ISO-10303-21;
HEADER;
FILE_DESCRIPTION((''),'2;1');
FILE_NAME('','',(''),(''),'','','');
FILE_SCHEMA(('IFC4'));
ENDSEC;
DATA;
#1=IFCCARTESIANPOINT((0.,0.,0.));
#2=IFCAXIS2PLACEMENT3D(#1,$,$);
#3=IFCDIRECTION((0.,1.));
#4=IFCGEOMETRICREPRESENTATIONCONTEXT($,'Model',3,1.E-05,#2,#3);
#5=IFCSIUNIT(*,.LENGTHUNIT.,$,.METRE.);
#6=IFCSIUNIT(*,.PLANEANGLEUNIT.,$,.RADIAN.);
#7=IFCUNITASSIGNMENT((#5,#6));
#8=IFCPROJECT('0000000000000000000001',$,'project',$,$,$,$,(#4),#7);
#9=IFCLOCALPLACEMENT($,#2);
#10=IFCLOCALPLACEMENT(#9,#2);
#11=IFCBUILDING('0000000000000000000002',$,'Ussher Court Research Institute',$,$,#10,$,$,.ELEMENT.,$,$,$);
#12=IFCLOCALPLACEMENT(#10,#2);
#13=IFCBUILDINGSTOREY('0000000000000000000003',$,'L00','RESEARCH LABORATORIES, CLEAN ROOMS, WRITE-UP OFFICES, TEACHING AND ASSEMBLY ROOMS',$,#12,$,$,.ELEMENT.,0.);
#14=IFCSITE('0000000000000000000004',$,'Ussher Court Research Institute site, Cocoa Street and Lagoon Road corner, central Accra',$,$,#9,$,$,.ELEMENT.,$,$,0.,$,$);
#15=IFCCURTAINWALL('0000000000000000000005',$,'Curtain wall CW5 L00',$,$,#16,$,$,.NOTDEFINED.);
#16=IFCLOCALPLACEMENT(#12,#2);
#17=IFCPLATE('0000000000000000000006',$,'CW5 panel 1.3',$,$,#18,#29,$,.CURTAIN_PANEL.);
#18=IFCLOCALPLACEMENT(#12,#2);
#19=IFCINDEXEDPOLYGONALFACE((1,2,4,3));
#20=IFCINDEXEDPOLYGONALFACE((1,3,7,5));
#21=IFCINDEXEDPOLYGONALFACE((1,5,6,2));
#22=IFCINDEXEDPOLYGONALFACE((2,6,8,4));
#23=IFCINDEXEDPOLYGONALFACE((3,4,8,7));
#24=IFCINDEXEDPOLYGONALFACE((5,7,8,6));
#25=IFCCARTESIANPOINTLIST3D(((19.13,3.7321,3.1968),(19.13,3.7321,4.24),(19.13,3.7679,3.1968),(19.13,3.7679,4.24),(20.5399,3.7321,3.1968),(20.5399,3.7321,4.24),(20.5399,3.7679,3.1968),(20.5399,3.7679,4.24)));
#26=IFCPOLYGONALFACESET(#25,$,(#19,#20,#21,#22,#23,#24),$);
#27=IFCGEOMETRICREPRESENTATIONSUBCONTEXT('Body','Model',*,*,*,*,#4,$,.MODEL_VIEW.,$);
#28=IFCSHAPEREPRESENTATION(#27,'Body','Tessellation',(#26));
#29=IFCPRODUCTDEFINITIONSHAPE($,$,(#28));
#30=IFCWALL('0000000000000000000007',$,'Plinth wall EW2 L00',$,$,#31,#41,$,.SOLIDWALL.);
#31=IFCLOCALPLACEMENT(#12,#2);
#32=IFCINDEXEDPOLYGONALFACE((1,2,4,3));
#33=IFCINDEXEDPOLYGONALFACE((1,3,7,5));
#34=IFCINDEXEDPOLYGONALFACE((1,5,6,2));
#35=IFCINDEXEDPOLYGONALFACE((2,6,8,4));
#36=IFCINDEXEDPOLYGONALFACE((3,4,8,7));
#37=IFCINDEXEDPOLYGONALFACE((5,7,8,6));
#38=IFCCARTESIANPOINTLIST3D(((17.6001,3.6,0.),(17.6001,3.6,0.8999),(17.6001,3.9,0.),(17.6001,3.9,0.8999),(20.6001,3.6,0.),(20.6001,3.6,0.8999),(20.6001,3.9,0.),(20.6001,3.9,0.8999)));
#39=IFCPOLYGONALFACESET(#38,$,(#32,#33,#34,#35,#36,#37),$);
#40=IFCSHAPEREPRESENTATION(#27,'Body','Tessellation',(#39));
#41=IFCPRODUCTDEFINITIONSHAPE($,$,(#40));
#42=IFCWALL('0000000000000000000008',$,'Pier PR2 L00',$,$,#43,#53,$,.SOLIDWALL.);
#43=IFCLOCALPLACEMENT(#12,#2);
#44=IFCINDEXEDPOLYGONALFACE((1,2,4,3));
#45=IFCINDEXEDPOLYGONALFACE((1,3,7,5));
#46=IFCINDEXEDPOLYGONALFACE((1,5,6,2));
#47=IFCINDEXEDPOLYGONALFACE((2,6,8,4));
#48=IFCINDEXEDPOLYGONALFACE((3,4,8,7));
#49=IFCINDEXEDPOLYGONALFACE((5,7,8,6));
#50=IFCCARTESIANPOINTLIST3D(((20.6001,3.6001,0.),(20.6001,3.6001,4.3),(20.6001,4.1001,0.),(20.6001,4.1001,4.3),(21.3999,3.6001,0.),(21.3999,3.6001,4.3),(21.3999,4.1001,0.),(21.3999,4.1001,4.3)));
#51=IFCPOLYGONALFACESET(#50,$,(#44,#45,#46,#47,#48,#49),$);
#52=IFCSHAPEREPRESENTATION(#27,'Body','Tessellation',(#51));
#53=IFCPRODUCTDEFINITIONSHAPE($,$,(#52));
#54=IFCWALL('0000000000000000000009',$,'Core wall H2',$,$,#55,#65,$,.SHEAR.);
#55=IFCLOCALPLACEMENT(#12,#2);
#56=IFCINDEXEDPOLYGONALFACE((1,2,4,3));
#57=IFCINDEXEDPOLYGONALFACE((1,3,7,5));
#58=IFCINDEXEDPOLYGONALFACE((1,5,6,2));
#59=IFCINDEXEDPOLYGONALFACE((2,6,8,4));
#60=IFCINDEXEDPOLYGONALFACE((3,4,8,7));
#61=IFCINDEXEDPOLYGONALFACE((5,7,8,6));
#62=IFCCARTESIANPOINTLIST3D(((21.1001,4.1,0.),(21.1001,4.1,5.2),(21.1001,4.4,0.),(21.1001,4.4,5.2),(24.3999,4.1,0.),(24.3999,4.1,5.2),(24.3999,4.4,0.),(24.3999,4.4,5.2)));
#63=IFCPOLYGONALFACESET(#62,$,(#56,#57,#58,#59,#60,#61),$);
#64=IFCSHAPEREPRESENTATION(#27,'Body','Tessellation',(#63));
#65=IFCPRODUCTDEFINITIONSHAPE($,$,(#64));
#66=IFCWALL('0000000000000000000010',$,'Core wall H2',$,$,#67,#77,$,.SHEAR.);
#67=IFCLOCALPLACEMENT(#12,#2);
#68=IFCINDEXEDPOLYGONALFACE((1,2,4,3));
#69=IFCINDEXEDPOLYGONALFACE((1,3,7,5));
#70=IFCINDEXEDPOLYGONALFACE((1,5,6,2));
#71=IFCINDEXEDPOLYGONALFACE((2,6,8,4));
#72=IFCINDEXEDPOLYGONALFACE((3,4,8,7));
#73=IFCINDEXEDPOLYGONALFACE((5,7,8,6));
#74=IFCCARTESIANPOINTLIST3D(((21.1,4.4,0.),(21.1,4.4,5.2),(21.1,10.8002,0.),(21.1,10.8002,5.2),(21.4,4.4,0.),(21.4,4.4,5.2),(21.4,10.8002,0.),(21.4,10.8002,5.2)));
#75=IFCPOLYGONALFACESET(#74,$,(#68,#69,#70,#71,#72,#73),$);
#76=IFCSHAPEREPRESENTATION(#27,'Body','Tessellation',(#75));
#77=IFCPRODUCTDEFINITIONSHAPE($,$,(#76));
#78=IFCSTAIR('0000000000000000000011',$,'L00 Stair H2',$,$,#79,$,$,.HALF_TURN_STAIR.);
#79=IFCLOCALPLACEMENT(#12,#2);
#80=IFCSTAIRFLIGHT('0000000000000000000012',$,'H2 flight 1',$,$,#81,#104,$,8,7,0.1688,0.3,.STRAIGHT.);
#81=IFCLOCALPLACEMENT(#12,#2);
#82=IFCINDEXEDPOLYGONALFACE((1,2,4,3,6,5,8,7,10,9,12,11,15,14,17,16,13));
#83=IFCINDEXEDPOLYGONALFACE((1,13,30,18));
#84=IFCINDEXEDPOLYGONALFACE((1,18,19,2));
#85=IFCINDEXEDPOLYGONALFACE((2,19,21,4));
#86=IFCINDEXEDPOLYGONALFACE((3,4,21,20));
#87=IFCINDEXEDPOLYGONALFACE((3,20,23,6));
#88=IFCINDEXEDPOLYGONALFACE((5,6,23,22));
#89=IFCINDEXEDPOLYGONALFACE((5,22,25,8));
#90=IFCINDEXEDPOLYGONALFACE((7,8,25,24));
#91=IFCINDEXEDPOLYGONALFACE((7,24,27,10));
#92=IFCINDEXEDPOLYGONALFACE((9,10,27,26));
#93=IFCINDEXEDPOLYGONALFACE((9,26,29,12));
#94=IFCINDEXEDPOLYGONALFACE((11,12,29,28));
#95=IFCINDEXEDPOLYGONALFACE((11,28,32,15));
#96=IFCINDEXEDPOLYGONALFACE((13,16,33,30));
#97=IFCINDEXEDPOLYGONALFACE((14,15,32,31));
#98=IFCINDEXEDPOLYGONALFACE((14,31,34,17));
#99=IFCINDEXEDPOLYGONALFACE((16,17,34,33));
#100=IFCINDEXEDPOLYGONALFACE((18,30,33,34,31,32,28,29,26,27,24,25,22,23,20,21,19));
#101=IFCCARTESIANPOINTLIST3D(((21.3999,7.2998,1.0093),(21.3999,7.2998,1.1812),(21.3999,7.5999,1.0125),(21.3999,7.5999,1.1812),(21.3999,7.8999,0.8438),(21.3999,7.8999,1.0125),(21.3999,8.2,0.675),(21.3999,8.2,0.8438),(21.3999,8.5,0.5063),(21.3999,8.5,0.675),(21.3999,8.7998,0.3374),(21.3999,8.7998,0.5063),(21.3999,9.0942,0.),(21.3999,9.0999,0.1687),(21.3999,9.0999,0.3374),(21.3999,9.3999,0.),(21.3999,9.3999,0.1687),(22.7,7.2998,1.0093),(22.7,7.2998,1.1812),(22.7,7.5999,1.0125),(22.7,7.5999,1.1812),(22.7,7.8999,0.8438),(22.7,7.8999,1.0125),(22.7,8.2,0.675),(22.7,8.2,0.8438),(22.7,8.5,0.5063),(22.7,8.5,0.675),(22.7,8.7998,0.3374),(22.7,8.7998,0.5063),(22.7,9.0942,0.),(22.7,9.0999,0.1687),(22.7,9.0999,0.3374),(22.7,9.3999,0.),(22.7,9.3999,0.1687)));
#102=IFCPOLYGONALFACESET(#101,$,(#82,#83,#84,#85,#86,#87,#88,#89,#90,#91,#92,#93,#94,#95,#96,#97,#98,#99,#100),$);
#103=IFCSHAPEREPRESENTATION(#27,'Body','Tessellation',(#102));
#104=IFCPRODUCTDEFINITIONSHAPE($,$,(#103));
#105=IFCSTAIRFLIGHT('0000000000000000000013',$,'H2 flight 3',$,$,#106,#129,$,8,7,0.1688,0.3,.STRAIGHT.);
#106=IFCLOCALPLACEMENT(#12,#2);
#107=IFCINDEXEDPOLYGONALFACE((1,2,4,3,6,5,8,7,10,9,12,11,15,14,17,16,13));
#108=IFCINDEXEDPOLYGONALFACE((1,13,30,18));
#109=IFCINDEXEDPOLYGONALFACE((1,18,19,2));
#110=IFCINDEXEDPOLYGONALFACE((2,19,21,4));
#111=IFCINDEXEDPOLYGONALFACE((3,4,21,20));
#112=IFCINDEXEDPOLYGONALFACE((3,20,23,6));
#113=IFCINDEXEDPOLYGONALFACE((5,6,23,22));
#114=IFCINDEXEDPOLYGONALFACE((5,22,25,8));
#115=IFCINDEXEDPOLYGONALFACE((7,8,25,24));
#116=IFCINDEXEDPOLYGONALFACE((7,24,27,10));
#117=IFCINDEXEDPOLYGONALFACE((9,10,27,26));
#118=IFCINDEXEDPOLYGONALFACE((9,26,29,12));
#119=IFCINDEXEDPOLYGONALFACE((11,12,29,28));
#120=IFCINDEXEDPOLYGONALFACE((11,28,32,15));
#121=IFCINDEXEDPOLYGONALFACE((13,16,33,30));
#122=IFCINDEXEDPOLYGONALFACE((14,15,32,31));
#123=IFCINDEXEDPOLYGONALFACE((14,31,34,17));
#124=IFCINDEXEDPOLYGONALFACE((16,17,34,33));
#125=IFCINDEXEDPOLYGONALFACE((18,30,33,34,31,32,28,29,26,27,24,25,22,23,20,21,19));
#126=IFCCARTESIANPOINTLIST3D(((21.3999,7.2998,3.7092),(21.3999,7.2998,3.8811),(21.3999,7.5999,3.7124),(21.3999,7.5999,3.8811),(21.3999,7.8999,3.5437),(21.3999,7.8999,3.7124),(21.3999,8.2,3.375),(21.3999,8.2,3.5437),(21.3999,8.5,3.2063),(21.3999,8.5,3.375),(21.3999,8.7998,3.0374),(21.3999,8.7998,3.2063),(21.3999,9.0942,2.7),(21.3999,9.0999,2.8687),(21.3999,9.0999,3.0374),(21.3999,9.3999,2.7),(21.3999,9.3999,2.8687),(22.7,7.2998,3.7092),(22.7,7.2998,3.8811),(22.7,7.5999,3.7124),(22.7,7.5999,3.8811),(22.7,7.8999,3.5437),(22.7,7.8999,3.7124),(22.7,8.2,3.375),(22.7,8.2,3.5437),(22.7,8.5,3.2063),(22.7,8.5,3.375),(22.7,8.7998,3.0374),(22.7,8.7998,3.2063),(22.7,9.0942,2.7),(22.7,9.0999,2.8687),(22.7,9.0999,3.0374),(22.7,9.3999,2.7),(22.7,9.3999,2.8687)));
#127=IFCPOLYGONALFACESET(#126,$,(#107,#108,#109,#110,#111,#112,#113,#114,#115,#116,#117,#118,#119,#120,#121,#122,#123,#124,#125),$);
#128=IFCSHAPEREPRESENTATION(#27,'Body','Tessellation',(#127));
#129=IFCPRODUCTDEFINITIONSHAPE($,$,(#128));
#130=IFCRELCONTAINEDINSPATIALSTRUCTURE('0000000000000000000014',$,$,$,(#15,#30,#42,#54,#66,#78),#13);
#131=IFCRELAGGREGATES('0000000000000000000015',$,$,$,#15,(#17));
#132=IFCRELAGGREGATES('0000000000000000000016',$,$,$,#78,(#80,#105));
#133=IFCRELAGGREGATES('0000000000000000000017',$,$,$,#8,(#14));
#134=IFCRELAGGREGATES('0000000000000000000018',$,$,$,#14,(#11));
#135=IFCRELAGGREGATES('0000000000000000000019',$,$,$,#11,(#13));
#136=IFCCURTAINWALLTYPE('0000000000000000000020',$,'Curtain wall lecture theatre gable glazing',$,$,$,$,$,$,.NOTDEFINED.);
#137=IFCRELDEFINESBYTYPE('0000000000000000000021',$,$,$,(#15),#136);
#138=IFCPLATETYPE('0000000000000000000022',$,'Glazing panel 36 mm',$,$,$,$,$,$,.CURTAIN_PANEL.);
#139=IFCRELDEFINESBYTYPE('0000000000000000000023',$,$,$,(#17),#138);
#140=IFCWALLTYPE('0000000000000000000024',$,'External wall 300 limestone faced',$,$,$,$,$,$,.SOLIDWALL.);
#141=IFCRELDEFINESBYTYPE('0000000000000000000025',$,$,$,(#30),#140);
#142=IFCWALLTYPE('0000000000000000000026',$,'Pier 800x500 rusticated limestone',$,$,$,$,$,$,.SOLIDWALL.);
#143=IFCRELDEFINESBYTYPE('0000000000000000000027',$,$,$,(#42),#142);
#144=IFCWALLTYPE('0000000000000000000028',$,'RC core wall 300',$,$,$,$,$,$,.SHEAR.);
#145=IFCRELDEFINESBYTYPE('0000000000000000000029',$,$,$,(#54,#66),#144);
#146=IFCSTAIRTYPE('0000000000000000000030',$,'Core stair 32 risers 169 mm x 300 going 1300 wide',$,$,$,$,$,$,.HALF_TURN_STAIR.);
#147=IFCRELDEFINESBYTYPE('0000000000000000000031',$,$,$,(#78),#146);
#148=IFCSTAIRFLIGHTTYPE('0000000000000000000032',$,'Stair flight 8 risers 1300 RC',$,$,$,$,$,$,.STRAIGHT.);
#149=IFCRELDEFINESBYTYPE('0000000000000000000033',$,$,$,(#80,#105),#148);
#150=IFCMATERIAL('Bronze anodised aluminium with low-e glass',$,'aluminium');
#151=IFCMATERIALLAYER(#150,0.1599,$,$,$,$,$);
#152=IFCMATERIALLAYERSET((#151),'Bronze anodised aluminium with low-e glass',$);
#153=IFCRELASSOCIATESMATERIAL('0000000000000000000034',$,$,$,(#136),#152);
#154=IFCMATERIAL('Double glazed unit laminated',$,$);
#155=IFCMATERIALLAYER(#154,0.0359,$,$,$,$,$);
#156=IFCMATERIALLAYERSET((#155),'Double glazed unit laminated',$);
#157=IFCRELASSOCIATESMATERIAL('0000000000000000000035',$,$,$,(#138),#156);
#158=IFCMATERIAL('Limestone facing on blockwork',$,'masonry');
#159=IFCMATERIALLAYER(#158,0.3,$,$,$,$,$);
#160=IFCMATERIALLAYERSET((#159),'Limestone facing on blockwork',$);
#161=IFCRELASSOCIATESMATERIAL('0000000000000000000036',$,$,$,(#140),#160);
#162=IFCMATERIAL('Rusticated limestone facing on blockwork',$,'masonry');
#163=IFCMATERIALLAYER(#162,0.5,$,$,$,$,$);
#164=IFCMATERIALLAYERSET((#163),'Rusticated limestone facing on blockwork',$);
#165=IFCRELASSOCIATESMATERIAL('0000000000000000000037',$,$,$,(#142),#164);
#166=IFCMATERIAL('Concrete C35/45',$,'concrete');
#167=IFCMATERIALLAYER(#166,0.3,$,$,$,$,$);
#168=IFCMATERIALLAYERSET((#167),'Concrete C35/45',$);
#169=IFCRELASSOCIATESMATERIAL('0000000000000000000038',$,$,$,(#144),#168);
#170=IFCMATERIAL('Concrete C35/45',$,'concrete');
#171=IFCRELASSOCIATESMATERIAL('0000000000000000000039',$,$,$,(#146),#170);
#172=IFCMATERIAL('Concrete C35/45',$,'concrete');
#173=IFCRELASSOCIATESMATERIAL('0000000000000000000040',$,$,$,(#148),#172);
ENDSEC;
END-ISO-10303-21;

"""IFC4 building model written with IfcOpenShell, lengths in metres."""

from ifc_helpers import new_model, si_unit, direction, frame, frame_2d, origin, origin_2d, place, context, subcontext, project, spatial, polyline, rectangle, outline, extrude, material, layer, layer_set, type_object, element, aggregate, save


model = new_model("IFC4")

# Units and contexts
model_context = context("Model", 3, precision=1e-05, world=origin(), true_north=direction((0.0, 1.0)))
body_context = subcontext(model_context, "Body", "Model", "MODEL_VIEW")
ifc_project = project(units=[si_unit("LENGTHUNIT", "METRE"), si_unit("PLANEANGLEUNIT", "RADIAN")], contexts=[model_context])

# Site, building, storey
site_placement = place(None, origin())
site = spatial("IfcSite", under=ifc_project, at=site_placement, Name="Ussher Court Research Institute site, Cocoa Street and Lagoon Road corner, central Accra", CompositionType="ELEMENT", RefElevation=0.0)
building_placement = place(site_placement, origin())
building = spatial("IfcBuilding", under=site, at=building_placement, Name="Ussher Court Research Institute", CompositionType="ELEMENT")
storey_placement = place(building_placement, origin())
storey = spatial("IfcBuildingStorey", under=building, at=storey_placement, Name="L00", Description="RESEARCH LABORATORIES, CLEAN ROOMS, WRITE-UP OFFICES, TEACHING AND ASSEMBLY ROOMS", CompositionType="ELEMENT", Elevation=0.0)

# Curtain wall, plate
ifc_material_1 = material(Name="Bronze anodised aluminium with low-e glass", Category="aluminium")
ifc_layer_1 = layer(ifc_material_1, 0.1599)
ifc_layer_set_1 = layer_set([ifc_layer_1], Name="Bronze anodised aluminium with low-e glass")
curtain_wall_type = type_object("IfcCurtainWallType", Name="Curtain wall lecture theatre gable glazing", PredefinedType="NOTDEFINED", material=ifc_layer_set_1)
curtain_wall_placement = place(storey_placement, origin())
curtain_wall = element("IfcCurtainWall", 1, at=curtain_wall_placement, inside=storey, type_object=curtain_wall_type, Name="Curtain wall CW5 L00", PredefinedType="NOTDEFINED")
ifc_material_2 = material(Name="Double glazed unit laminated")
ifc_layer_2 = layer(ifc_material_2, 0.0359)
ifc_layer_set_2 = layer_set([ifc_layer_2], Name="Double glazed unit laminated")
plate_type = type_object("IfcPlateType", Name="Glazing panel 36 mm", PredefinedType="CURTAIN_PANEL", material=ifc_layer_set_2)
plate_1_placement = place(storey_placement, frame((19.835, 3.75, 3.1968), z_axis=(0.0, 0.0, 1.0), x_axis=(-1.0, 0.0, 0.0)))
plate_1 = element("IfcPlate", 2, at=plate_1_placement, type_object=plate_type, Name="CW5 panel 1.3", PredefinedType="CURTAIN_PANEL", context=body_context, shape_type="SweptSolid", body=[
    extrude(rectangle(XDim=1.4099, YDim=0.0359, at=origin_2d()), origin(), (0.0, 0.0, 1.0), 1.0432),
])
aggregate(curtain_wall, [plate_1])

# Walls
ifc_material_3 = material(Name="Limestone facing on blockwork", Category="masonry")
ifc_layer_3 = layer(ifc_material_3, 0.3)
ifc_layer_set_3 = layer_set([ifc_layer_3], Name="Limestone facing on blockwork")
wall_type_1 = type_object("IfcWallType", Name="External wall 300 limestone faced", PredefinedType="SOLIDWALL", material=ifc_layer_set_3)
wall_1_placement = place(storey_placement, frame((20.6001, 3.75, 0.0), z_axis=(0.0, 0.0, 1.0), x_axis=(-1.0, 0.0, 0.0)))
element("IfcWall", 3, at=wall_1_placement, inside=storey, type_object=wall_type_1, Name="Plinth wall EW2 L00", PredefinedType="SOLIDWALL", context=body_context, shape_type="SweptSolid", body=[
    extrude(rectangle(XDim=3.0, YDim=0.3, at=frame_2d((1.5, 0.0))), origin(), (0.0, 0.0, 1.0), 0.8999),
])
ifc_material_4 = material(Name="Rusticated limestone facing on blockwork", Category="masonry")
ifc_layer_4 = layer(ifc_material_4, 0.5)
ifc_layer_set_4 = layer_set([ifc_layer_4], Name="Rusticated limestone facing on blockwork")
wall_type_2 = type_object("IfcWallType", Name="Pier 800x500 rusticated limestone", PredefinedType="SOLIDWALL", material=ifc_layer_set_4)
wall_2_placement = place(storey_placement, frame((21.3999, 3.8501, 0.0), z_axis=(0.0, 0.0, 1.0), x_axis=(-1.0, 0.0, 0.0)))
element("IfcWall", 4, at=wall_2_placement, inside=storey, type_object=wall_type_2, Name="Pier PR2 L00", PredefinedType="SOLIDWALL", context=body_context, shape_type="SweptSolid", body=[
    extrude(rectangle(XDim=0.7998, YDim=0.5, at=frame_2d((0.3999, 0.0))), origin(), (0.0, 0.0, 1.0), 4.3),
])
ifc_material_5 = material(Name="Concrete C35/45", Category="concrete")
ifc_layer_5 = layer(ifc_material_5, 0.3)
ifc_layer_set_5 = layer_set([ifc_layer_5], Name="Concrete C35/45")
wall_type_3 = type_object("IfcWallType", Name="RC core wall 300", PredefinedType="SHEAR", material=ifc_layer_set_5)
wall_3_placement = place(storey_placement, frame((21.1001, 4.25, 0.0), z_axis=(0.0, 0.0, 1.0), x_axis=(1.0, 0.0, 0.0)))
element("IfcWall", 5, at=wall_3_placement, inside=storey, type_object=wall_type_3, Name="Core wall H2", PredefinedType="SHEAR", context=body_context, shape_type="SweptSolid", body=[
    extrude(rectangle(XDim=3.2998, YDim=0.3, at=frame_2d((1.6499, 0.0))), origin(), (0.0, 0.0, 1.0), 5.2),
])
wall_4_placement = place(storey_placement, frame((21.25, 4.3999, 0.0), z_axis=(0.0, 0.0, 1.0), x_axis=(0.0, 1.0, 0.0)))
element("IfcWall", 6, at=wall_4_placement, inside=storey, type_object=wall_type_3, Name="Core wall H2", PredefinedType="SHEAR", context=body_context, shape_type="SweptSolid", body=[
    extrude(rectangle(XDim=6.4001, YDim=0.3, at=frame_2d((3.2002, 0.0))), origin(), (0.0, 0.0, 1.0), 5.2),
])

# Stair, stair flights
ifc_material_6 = material(Name="Concrete C35/45", Category="concrete")
stair_type = type_object("IfcStairType", Name="Core stair 32 risers 169 mm x 300 going 1300 wide", PredefinedType="HALF_TURN_STAIR", material=ifc_material_6)
stair_placement = place(storey_placement, origin())
stair = element("IfcStair", 7, at=stair_placement, inside=storey, type_object=stair_type, Name="L00 Stair H2", PredefinedType="HALF_TURN_STAIR")
ifc_material_7 = material(Name="Concrete C35/45", Category="concrete")
stair_flight_type = type_object("IfcStairFlightType", Name="Stair flight 8 risers 1300 RC", PredefinedType="STRAIGHT", material=ifc_material_7)
stair_flight_1_placement = place(storey_placement, frame((22.05, 9.3999, 0.0), z_axis=(0.0, 0.0, 1.0), x_axis=(0.0, -1.0, 0.0)))
stair_flight_1 = element("IfcStairFlight", 8, at=stair_flight_1_placement, type_object=stair_flight_type, Name="H2 flight 1", NumberOfRisers=8, NumberOfTreads=7, PredefinedType="STRAIGHT", RiserHeight=0.1688, TreadLength=0.3, context=body_context, shape_type="SweptSolid", body=[
    extrude(outline(polyline([(0.0, 0.0), (0.0, 0.1687), (0.3, 0.1687), (0.3, 0.3374), (0.6001, 0.3374), (0.6001, 0.5063), (0.8999, 0.5063), (0.8999, 0.675), (1.2, 0.675), (1.2, 0.8438), (1.5, 0.8438), (1.5, 1.0125), (1.8, 1.0125), (1.8, 1.1812), (2.1001, 1.1812), (2.1001, 1.3501), (2.1001, 1.0093), (0.3057, 0.0), (0.0, 0.0)])), frame((0.0, 0.6499, 0.0), z_axis=(0.0, -1.0, 0.0), x_axis=(1.0, 0.0, 0.0)), (0.0, 0.0, 1.0), 1.3),
])
stair_flight_2_placement = place(storey_placement, frame((22.05, 9.3999, 2.7), z_axis=(0.0, 0.0, 1.0), x_axis=(0.0, -1.0, 0.0)))
stair_flight_2 = element("IfcStairFlight", 9, at=stair_flight_2_placement, type_object=stair_flight_type, Name="H2 flight 3", NumberOfRisers=8, NumberOfTreads=7, PredefinedType="STRAIGHT", RiserHeight=0.1688, TreadLength=0.3, context=body_context, shape_type="SweptSolid", body=[
    extrude(outline(polyline([(0.0, 0.0), (0.0, 0.1687), (0.3, 0.1687), (0.3, 0.3374), (0.6001, 0.3374), (0.6001, 0.5063), (0.8999, 0.5063), (0.8999, 0.675), (1.2, 0.675), (1.2, 0.8438), (1.5, 0.8438), (1.5, 1.0125), (1.8, 1.0125), (1.8, 1.1812), (2.1001, 1.1812), (2.1001, 1.3501), (2.1001, 1.0093), (0.3057, 0.0), (0.0, 0.0)])), frame((0.0, 0.6499, 0.0), z_axis=(0.0, -1.0, 0.0), x_axis=(1.0, 0.0, 0.0)), (0.0, 0.0, 1.0), 1.3),
])
aggregate(stair, [stair_flight_1, stair_flight_2])

save(model, "model.ifc")
